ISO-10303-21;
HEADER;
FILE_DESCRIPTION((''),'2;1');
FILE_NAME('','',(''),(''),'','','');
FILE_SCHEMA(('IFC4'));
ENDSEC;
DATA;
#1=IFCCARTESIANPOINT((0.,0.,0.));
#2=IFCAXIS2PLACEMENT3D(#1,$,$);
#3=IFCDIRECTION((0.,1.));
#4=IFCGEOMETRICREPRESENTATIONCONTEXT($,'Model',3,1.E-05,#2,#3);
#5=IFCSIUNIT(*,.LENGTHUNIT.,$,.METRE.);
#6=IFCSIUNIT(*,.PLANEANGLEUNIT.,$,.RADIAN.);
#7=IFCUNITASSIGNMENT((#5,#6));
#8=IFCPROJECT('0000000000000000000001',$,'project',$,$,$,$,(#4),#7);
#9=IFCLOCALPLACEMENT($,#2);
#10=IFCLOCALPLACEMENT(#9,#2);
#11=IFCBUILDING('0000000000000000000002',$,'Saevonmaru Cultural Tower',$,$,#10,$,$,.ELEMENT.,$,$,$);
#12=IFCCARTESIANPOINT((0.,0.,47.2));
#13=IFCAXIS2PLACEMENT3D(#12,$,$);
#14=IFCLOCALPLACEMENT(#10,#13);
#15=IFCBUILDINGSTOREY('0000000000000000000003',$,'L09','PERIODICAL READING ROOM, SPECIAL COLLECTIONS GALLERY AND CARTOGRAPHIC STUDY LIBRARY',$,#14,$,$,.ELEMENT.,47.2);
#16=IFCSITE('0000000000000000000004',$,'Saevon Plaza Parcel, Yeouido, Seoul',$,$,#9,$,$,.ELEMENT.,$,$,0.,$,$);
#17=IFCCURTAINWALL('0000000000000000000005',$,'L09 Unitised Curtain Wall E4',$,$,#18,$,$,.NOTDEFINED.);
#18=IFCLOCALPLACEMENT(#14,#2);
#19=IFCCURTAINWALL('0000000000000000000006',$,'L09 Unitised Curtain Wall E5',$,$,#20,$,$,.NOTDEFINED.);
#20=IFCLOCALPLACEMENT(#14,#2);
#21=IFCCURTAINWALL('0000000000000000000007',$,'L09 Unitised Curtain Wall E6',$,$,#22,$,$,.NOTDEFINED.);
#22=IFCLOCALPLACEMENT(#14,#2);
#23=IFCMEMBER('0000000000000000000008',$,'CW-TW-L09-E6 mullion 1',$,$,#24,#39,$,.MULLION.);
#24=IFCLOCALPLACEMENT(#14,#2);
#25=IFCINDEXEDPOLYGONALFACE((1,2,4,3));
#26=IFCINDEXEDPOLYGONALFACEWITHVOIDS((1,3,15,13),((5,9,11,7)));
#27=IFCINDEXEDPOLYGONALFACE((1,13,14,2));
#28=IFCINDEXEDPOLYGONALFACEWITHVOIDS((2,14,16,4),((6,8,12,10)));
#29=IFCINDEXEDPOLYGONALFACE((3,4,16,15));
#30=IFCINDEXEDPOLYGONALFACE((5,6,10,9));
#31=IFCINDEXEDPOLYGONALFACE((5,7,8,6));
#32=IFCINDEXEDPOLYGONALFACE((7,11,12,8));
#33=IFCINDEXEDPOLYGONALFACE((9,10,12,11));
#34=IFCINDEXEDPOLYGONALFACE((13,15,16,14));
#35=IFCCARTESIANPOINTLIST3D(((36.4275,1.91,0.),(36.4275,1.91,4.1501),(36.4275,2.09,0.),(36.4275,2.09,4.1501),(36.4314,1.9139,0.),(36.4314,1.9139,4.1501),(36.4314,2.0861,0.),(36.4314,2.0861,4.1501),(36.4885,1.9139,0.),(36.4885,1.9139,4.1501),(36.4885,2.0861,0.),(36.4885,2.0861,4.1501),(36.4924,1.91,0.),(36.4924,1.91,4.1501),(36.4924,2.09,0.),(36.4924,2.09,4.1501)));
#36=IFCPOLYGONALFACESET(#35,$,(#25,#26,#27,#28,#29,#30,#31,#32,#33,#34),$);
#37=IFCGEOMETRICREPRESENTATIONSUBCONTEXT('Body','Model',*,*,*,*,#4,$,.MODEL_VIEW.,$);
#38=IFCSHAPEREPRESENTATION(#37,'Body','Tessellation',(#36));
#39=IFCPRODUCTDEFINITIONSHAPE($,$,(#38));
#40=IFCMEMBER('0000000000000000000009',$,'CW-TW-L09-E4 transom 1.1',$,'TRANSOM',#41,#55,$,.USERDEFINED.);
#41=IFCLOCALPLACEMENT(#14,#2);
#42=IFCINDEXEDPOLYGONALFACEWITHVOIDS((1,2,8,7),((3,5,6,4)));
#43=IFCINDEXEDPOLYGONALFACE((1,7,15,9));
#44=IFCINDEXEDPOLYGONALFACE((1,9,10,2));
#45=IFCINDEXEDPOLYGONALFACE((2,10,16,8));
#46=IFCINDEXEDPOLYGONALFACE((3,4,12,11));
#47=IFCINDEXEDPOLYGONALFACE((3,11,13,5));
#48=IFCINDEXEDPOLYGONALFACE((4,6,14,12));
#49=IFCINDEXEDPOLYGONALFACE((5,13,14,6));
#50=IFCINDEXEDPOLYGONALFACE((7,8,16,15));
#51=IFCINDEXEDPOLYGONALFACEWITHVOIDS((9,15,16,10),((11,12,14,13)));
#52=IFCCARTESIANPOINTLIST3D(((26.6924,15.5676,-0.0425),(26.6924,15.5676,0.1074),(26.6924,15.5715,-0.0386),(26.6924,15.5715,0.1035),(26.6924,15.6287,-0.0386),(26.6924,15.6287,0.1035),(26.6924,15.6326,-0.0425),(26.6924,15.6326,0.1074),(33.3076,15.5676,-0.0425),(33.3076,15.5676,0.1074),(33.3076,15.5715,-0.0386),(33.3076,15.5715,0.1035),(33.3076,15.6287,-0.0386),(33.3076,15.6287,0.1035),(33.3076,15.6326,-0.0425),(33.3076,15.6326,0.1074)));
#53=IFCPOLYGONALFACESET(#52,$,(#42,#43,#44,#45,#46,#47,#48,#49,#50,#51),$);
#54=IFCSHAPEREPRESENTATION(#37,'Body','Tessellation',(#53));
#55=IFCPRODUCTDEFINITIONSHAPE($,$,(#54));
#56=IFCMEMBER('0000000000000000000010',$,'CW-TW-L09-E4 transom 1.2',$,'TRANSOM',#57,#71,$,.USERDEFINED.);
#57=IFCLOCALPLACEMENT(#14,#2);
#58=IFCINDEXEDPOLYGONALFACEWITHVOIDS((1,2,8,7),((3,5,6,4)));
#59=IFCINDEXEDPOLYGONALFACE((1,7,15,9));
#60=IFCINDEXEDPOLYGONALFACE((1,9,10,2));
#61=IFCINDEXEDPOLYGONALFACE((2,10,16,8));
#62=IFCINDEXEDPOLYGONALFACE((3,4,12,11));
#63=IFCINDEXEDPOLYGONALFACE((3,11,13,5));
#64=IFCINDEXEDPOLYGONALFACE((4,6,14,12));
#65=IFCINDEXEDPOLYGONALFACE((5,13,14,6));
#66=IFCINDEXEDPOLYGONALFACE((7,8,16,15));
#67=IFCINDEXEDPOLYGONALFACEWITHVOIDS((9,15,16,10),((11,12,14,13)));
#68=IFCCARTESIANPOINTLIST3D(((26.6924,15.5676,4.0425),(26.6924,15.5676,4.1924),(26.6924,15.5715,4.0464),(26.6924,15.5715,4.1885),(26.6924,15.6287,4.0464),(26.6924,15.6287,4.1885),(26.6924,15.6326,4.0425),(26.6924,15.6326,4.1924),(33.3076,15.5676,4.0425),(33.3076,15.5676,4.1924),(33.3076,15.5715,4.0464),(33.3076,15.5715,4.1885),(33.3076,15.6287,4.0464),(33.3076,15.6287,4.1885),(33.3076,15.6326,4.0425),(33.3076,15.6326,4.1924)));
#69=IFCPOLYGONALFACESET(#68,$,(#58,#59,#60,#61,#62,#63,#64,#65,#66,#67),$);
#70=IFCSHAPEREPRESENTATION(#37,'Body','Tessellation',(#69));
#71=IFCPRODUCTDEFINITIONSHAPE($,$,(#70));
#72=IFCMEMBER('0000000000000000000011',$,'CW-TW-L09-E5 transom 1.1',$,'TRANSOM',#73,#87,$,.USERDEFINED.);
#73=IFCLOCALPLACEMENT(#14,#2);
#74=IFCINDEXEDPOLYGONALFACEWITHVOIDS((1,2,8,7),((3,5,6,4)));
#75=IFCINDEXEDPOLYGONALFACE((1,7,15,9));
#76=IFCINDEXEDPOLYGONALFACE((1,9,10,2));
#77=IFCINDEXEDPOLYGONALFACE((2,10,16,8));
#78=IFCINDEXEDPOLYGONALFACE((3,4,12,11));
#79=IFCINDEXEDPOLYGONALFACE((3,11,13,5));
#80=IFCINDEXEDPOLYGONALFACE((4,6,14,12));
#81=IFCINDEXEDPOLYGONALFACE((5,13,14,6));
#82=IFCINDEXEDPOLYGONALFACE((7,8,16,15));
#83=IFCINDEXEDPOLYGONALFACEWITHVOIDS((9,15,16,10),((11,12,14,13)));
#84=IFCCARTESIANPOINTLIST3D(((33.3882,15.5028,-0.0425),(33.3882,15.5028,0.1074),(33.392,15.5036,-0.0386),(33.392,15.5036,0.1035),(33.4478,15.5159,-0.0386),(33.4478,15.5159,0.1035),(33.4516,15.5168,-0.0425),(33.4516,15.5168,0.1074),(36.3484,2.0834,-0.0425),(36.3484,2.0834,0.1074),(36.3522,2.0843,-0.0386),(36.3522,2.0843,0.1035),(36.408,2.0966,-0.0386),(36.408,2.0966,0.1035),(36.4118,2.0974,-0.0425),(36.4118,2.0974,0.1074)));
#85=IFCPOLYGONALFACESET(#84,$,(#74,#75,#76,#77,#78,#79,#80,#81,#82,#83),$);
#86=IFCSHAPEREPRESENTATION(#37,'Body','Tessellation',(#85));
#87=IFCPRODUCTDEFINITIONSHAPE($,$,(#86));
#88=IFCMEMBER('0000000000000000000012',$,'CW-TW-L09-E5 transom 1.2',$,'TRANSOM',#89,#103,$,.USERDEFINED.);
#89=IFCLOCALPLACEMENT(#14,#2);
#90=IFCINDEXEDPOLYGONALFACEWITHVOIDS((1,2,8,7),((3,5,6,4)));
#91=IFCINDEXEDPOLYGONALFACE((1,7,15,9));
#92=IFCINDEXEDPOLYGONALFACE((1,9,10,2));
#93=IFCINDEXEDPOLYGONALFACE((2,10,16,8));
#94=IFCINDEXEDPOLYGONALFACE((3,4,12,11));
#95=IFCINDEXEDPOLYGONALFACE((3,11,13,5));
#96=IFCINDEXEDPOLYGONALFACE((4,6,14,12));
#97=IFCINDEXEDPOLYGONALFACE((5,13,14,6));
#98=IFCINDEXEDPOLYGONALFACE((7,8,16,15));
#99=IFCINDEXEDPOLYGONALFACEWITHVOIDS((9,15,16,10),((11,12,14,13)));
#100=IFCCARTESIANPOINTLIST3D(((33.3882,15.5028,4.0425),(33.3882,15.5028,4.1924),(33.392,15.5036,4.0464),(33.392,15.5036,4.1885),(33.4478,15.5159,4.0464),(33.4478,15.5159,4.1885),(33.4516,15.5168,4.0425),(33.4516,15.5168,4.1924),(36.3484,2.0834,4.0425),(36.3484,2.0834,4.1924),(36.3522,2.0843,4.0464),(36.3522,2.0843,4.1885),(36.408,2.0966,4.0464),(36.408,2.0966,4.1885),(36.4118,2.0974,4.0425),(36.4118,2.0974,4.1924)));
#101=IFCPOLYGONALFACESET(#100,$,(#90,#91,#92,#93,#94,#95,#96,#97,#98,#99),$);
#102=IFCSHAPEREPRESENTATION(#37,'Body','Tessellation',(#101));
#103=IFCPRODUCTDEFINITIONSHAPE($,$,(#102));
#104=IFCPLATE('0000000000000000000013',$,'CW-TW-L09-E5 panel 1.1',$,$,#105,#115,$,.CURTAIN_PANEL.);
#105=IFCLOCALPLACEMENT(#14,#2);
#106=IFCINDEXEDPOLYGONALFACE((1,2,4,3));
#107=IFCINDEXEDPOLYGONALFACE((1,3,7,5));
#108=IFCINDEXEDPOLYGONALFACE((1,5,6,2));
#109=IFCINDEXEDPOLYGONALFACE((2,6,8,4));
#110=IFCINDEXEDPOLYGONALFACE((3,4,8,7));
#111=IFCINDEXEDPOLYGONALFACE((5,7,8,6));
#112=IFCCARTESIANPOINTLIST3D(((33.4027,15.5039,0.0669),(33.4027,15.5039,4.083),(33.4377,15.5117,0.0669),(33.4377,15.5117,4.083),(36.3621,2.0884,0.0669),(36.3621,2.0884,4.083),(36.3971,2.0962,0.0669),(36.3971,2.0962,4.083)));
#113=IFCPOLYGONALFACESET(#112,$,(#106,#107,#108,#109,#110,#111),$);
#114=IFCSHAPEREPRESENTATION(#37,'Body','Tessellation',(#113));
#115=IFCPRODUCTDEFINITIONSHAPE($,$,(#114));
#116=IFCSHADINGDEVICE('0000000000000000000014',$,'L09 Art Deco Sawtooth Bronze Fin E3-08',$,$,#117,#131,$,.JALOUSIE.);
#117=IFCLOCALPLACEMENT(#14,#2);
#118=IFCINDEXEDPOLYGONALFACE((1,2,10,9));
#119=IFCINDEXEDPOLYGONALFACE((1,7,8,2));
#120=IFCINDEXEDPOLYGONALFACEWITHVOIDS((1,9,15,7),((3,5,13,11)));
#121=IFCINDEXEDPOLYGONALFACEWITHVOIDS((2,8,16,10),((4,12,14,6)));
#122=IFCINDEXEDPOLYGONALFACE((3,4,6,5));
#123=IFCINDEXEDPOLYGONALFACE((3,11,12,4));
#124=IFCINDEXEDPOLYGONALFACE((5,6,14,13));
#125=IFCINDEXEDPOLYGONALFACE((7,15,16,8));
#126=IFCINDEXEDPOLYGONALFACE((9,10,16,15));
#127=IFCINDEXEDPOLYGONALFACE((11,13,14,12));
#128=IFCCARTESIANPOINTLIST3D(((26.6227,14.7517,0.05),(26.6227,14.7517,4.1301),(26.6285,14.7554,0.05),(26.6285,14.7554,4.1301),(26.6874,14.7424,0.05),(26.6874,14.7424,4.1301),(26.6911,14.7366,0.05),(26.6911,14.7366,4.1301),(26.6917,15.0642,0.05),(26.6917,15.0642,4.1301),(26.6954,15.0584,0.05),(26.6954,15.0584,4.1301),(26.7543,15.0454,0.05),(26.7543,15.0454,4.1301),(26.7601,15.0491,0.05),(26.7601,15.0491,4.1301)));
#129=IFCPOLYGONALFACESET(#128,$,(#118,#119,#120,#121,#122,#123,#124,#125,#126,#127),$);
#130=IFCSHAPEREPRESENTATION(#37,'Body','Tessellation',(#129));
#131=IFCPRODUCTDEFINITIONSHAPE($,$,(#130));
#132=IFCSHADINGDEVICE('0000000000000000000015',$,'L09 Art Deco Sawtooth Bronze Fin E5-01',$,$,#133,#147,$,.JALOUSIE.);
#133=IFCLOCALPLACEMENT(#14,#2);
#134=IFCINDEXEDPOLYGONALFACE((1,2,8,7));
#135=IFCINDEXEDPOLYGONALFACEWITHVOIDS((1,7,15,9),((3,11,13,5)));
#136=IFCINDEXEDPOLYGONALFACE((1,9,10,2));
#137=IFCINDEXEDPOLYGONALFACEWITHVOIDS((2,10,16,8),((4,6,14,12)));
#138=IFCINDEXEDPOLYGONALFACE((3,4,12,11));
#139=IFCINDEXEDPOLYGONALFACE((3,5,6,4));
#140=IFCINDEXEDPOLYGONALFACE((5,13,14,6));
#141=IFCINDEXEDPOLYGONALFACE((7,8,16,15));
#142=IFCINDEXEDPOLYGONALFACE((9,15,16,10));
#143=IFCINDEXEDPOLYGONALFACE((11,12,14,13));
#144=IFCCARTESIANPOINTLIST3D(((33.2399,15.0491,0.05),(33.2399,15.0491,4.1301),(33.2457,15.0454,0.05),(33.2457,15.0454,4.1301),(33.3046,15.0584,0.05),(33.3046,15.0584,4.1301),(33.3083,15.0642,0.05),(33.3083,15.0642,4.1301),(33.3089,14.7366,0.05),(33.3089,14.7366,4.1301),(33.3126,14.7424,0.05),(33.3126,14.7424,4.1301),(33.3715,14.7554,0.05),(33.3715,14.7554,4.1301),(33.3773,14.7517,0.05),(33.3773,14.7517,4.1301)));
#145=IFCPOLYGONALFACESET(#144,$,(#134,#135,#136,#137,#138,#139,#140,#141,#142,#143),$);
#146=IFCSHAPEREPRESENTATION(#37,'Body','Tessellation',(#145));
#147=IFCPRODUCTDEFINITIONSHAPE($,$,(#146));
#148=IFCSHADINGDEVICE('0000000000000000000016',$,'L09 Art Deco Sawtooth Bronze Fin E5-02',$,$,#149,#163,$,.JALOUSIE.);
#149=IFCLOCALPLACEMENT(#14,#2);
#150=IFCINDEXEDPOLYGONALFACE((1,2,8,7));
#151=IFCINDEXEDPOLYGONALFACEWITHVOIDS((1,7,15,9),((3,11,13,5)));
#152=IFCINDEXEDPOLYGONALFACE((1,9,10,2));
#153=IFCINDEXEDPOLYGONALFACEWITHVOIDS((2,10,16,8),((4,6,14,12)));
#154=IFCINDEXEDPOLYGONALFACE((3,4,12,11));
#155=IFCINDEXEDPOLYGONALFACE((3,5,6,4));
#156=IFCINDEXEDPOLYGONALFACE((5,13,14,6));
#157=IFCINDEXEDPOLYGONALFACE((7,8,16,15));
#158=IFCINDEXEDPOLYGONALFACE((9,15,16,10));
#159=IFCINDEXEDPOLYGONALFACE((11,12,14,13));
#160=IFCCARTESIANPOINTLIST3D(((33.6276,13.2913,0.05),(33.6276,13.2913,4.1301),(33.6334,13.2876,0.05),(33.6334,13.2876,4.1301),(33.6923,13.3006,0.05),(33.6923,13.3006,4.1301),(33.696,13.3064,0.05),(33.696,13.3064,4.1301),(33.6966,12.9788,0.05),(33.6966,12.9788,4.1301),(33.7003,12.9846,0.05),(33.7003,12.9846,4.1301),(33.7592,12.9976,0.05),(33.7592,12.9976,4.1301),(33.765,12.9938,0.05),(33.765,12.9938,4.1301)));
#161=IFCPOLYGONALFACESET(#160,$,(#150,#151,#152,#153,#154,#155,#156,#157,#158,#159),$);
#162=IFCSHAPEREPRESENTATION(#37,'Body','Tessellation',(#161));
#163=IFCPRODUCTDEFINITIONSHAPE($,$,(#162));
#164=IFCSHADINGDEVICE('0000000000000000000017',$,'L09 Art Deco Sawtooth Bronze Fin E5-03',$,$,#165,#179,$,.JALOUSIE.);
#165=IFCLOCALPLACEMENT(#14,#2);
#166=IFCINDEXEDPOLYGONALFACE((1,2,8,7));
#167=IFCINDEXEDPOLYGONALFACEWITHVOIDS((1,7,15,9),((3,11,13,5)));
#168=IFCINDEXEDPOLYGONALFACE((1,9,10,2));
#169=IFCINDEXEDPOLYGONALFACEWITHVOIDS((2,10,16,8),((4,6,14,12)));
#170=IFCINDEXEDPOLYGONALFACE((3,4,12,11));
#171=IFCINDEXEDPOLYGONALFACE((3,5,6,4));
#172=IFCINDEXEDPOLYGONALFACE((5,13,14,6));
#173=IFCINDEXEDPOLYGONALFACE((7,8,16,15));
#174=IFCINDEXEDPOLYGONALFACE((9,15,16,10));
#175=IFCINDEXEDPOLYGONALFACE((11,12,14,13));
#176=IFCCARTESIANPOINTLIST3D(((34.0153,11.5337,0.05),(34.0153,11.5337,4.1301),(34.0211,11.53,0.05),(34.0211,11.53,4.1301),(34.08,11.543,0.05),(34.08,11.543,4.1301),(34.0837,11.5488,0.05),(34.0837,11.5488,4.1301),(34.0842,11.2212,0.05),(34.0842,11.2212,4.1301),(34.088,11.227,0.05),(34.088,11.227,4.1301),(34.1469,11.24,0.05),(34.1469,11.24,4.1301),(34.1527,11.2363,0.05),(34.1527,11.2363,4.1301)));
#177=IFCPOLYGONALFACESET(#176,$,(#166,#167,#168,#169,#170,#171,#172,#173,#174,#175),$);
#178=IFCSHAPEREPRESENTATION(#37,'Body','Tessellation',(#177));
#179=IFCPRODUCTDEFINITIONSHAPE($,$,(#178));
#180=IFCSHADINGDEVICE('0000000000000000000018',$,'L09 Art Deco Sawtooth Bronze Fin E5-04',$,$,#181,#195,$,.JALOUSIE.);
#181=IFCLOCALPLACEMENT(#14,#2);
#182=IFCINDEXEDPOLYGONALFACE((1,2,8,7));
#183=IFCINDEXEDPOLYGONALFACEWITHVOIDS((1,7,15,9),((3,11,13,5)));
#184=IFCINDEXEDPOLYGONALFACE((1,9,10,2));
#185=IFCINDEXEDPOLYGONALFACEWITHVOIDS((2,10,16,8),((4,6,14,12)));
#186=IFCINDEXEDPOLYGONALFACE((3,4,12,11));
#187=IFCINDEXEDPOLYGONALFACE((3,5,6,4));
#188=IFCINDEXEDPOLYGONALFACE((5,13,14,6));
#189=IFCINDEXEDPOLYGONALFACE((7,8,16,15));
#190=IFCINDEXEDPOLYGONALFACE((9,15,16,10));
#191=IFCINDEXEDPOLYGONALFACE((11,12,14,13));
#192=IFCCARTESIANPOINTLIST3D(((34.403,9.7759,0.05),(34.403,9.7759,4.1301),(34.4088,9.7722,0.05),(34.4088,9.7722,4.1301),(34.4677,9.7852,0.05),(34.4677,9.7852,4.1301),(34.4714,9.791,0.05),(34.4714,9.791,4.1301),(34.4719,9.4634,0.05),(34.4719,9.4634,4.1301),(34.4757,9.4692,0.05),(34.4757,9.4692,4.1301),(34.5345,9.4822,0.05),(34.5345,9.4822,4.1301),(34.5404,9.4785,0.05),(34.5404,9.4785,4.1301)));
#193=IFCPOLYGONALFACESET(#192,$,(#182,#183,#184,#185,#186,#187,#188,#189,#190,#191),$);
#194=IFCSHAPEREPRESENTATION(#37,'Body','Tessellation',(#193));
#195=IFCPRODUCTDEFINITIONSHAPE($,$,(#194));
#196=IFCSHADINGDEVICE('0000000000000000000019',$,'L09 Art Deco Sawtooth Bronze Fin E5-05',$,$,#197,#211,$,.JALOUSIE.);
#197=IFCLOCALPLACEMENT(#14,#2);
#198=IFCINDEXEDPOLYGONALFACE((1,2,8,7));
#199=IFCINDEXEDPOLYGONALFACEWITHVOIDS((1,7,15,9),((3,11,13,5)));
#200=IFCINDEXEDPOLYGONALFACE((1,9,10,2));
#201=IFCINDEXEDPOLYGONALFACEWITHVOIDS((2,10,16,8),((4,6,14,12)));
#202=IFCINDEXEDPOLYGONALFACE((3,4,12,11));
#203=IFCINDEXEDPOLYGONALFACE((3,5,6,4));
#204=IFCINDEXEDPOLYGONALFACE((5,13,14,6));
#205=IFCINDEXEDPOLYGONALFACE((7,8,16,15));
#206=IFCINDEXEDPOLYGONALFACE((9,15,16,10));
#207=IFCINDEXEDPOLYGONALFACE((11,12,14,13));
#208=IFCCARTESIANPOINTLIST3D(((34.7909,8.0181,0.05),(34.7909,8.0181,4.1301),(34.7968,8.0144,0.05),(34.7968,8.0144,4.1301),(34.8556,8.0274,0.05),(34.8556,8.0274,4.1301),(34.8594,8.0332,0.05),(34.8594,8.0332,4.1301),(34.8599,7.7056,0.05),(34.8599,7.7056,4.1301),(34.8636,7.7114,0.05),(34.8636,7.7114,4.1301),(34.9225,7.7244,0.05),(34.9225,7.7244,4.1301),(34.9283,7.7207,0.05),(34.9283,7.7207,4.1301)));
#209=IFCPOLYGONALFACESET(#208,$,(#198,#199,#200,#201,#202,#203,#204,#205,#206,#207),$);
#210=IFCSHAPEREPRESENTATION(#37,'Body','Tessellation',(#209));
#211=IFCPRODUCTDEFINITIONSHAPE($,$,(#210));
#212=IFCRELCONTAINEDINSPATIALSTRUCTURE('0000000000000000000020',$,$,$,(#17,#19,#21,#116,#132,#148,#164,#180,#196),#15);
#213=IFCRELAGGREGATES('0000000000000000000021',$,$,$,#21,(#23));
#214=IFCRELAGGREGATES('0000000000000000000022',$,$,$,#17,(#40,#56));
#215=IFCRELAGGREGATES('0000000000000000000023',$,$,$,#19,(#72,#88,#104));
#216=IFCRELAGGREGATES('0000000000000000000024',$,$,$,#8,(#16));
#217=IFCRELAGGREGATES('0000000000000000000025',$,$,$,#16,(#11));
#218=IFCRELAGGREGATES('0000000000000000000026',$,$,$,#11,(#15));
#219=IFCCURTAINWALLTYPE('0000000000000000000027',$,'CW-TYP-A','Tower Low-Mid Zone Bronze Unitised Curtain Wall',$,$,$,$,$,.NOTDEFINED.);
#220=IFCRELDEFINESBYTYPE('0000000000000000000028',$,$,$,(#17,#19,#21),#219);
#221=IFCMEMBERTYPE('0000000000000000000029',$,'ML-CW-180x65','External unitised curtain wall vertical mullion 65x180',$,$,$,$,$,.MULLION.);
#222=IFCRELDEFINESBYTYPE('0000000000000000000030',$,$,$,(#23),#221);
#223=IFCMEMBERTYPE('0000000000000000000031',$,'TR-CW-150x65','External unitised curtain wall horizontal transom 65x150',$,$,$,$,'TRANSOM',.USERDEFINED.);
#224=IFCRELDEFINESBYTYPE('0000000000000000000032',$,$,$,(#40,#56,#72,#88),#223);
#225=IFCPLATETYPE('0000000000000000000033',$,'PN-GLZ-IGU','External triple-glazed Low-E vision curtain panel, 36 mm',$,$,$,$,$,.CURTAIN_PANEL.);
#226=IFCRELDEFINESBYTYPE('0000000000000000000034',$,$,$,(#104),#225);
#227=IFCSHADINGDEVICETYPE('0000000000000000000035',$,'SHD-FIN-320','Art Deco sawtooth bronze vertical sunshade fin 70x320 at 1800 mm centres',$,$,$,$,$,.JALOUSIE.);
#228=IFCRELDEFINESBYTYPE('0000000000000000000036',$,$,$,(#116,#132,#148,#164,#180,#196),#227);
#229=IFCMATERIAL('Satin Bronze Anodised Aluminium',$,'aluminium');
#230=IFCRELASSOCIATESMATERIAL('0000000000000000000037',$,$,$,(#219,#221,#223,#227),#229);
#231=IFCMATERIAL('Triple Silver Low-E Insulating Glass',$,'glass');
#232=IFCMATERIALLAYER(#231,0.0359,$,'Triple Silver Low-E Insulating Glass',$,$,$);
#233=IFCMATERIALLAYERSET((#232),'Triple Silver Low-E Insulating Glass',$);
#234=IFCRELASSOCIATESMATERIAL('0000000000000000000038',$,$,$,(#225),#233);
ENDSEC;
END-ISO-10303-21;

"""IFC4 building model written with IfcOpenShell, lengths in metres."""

from ifc_helpers import new_model, si_unit, direction, frame, origin, origin_2d, place, context, subcontext, project, spatial, rectangle, hollow_rectangle, extrude, material, layer, layer_set, material_profile, profile_set, type_object, element, aggregate, save


model = new_model("IFC4")

# Units and contexts
model_context = context("Model", 3, precision=1e-05, world=origin(), true_north=direction((0.0, 1.0)))
body_context = subcontext(model_context, "Body", "Model", "MODEL_VIEW")
ifc_project = project(units=[si_unit("LENGTHUNIT", "METRE"), si_unit("PLANEANGLEUNIT", "RADIAN")], contexts=[model_context])

# Site, building, storey
site_placement = place(None, origin())
site = spatial("IfcSite", under=ifc_project, at=site_placement, Name="Saevon Plaza Parcel, Yeouido, Seoul", CompositionType="ELEMENT", RefElevation=0.0)
building_placement = place(site_placement, origin())
building = spatial("IfcBuilding", under=site, at=building_placement, Name="Saevonmaru Cultural Tower", CompositionType="ELEMENT")
storey_placement = place(building_placement, frame((0.0, 0.0, 47.2)))
storey = spatial("IfcBuildingStorey", under=building, at=storey_placement, Name="L09", Description="PERIODICAL READING ROOM, SPECIAL COLLECTIONS GALLERY AND CARTOGRAPHIC STUDY LIBRARY", CompositionType="ELEMENT", Elevation=47.2)

# Curtain wall
ifc_material_1 = material(Name="Satin Bronze Anodised Aluminium", Category="aluminium")
curtain_wall_type = type_object("IfcCurtainWallType", Name="CW-TYP-A", Description="Tower Low-Mid Zone Bronze Unitised Curtain Wall", PredefinedType="NOTDEFINED", material=ifc_material_1)
ifc_material_profile_1 = material_profile(ifc_material_1, hollow_rectangle(XDim=0.0649, YDim=0.1799, WallThickness=0.0039, at=origin_2d()), Name="ALU-MULL-180x65x4")
ifc_profile_set_1 = profile_set([ifc_material_profile_1], Name="Satin Bronze Anodised Aluminium")
member_type_1 = type_object("IfcMemberType", Name="ML-CW-180x65", Description="External unitised curtain wall vertical mullion 65x180", PredefinedType="MULLION", material=ifc_profile_set_1)
curtain_wall_1_placement = place(storey_placement, origin())
curtain_wall_1 = element("IfcCurtainWall", 1, at=curtain_wall_1_placement, inside=storey, type_object=curtain_wall_type, Name="L09 Unitised Curtain Wall E4", PredefinedType="NOTDEFINED")

# Curtain wall
curtain_wall_2_placement = place(storey_placement, origin())
curtain_wall_2 = element("IfcCurtainWall", 2, at=curtain_wall_2_placement, inside=storey, type_object=curtain_wall_type, Name="L09 Unitised Curtain Wall E5", PredefinedType="NOTDEFINED")

# Curtain wall, member
curtain_wall_3_placement = place(storey_placement, origin())
curtain_wall_3 = element("IfcCurtainWall", 3, at=curtain_wall_3_placement, inside=storey, type_object=curtain_wall_type, Name="L09 Unitised Curtain Wall E6", PredefinedType="NOTDEFINED")
member_1_placement = place(storey_placement, frame((36.46, 2.0, 0.0), z_axis=(0.0, 0.0, 1.0), x_axis=(1.0, 0.0, 0.0)))
member_1 = element("IfcMember", 4, at=member_1_placement, type_object=member_type_1, Name="CW-TW-L09-E6 mullion 1", PredefinedType="MULLION", context=body_context, shape_type="SweptSolid", body=[
    extrude(hollow_rectangle(XDim=0.0649, YDim=0.1799, WallThickness=0.0039, at=origin_2d()), origin(), (0.0, 0.0, 1.0), 4.1501),
])
aggregate(curtain_wall_3, [member_1])

# Members
ifc_material_profile_2 = material_profile(ifc_material_1, hollow_rectangle(XDim=0.0649, YDim=0.1499, WallThickness=0.0039, at=origin_2d()), Name="ALU-TRAN-150x65x4")
ifc_profile_set_2 = profile_set([ifc_material_profile_2], Name="Satin Bronze Anodised Aluminium")
member_type_2 = type_object("IfcMemberType", Name="TR-CW-150x65", Description="External unitised curtain wall horizontal transom 65x150", ElementType="TRANSOM", PredefinedType="USERDEFINED", material=ifc_profile_set_2)
member_2_placement = place(storey_placement, frame((26.6924, 15.6001, 0.0325), z_axis=(1.0, 0.0, 0.0), x_axis=(0.0, 1.0, 0.0)))
member_2 = element("IfcMember", 5, at=member_2_placement, type_object=member_type_2, Name="CW-TW-L09-E4 transom 1.1", ObjectType="TRANSOM", PredefinedType="USERDEFINED", context=body_context, shape_type="SweptSolid", body=[
    extrude(hollow_rectangle(XDim=0.0649, YDim=0.1499, WallThickness=0.0039, at=origin_2d()), origin(), (0.0, 0.0, 1.0), 6.6152),
])
member_3_placement = place(storey_placement, frame((26.6924, 15.6001, 4.1174), z_axis=(1.0, 0.0, 0.0), x_axis=(0.0, 1.0, 0.0)))
member_3 = element("IfcMember", 6, at=member_3_placement, type_object=member_type_2, Name="CW-TW-L09-E4 transom 1.2", ObjectType="TRANSOM", PredefinedType="USERDEFINED", context=body_context, shape_type="SweptSolid", body=[
    extrude(hollow_rectangle(XDim=0.0649, YDim=0.1499, WallThickness=0.0039, at=origin_2d()), origin(), (0.0, 0.0, 1.0), 6.6152),
])
aggregate(curtain_wall_1, [member_2, member_3])
member_4_placement = place(storey_placement, frame((33.4199, 15.5098, 0.0325), z_axis=(0.215412, -0.976523, 0.0), x_axis=(0.976523, 0.215412, 0.0)))
member_4 = element("IfcMember", 7, at=member_4_placement, type_object=member_type_2, Name="CW-TW-L09-E5 transom 1.1", ObjectType="TRANSOM", PredefinedType="USERDEFINED", context=body_context, shape_type="SweptSolid", body=[
    extrude(hollow_rectangle(XDim=0.0649, YDim=0.1499, WallThickness=0.0039, at=origin_2d()), origin(), (0.0, 0.0, 1.0), 13.7419),
])
member_5_placement = place(storey_placement, frame((33.4199, 15.5098, 4.1174), z_axis=(0.215412, -0.976523, 0.0), x_axis=(0.976523, 0.215412, 0.0)))
member_5 = element("IfcMember", 8, at=member_5_placement, type_object=member_type_2, Name="CW-TW-L09-E5 transom 1.2", ObjectType="TRANSOM", PredefinedType="USERDEFINED", context=body_context, shape_type="SweptSolid", body=[
    extrude(hollow_rectangle(XDim=0.0649, YDim=0.1499, WallThickness=0.0039, at=origin_2d()), origin(), (0.0, 0.0, 1.0), 13.7419),
])

# Plate
ifc_material_2 = material(Name="Triple Silver Low-E Insulating Glass", Category="glass")
ifc_layer_1 = layer(ifc_material_2, 0.0359, Name="Triple Silver Low-E Insulating Glass")
ifc_layer_set_1 = layer_set([ifc_layer_1], Name="Triple Silver Low-E Insulating Glass")
plate_type = type_object("IfcPlateType", Name="PN-GLZ-IGU", Description="External triple-glazed Low-E vision curtain panel, 36 mm", PredefinedType="CURTAIN_PANEL", material=ifc_layer_set_1)
plate_placement = place(storey_placement, frame((34.8999, 8.8, 0.0669), z_axis=(0.0, 0.0, 1.0), x_axis=(0.215413, -0.976523, 0.0)))
plate = element("IfcPlate", 9, at=plate_placement, type_object=plate_type, Name="CW-TW-L09-E5 panel 1.1", PredefinedType="CURTAIN_PANEL", context=body_context, shape_type="SweptSolid", body=[
    extrude(rectangle(XDim=13.738, YDim=0.0359, at=origin_2d()), origin(), (0.0, 0.0, 1.0), 4.0161),
])
aggregate(curtain_wall_2, [member_4, member_5, plate])

# Shading devices
ifc_material_profile_3 = material_profile(ifc_material_1, hollow_rectangle(XDim=0.0701, YDim=0.3201, WallThickness=0.0049, at=origin_2d()), Name="FIN-320x70")
ifc_profile_set_3 = profile_set([ifc_material_profile_3], Name="Satin Bronze Anodised Aluminium")
shading_device_type = type_object("IfcShadingDeviceType", Name="SHD-FIN-320", Description="Art Deco sawtooth bronze vertical sunshade fin 70x320 at 1800 mm centres", PredefinedType="JALOUSIE", material=ifc_profile_set_3)
for number, where, z_axis, x_axis, name in (
    (10, (26.6914, 14.9004, 0.05), (0.0, 0.0, 1.0), (0.976522, -0.215417, 0.0), "L09 Art Deco Sawtooth Bronze Fin E3-08"),
    (11, (33.3086, 14.9004, 0.05), (0.0, 0.0, 1.0), (-0.976522, -0.215417, 0.0), "L09 Art Deco Sawtooth Bronze Fin E5-01"),
    (12, (33.6963, 13.1426, 0.05), (0.0, 0.0, 1.0), (-0.976522, -0.215417, 0.0), "L09 Art Deco Sawtooth Bronze Fin E5-02"),
    (13, (34.084, 11.385, 0.05), (0.0, 0.0, 1.0), (-0.976522, -0.215417, 0.0), "L09 Art Deco Sawtooth Bronze Fin E5-03"),
    (14, (34.4717, 9.6272, 0.05), (0.0, 0.0, 1.0), (-0.976522, -0.215417, 0.0), "L09 Art Deco Sawtooth Bronze Fin E5-04"),
    (15, (34.8596, 7.8694, 0.05), (0.0, 0.0, 1.0), (-0.976522, -0.215417, 0.0), "L09 Art Deco Sawtooth Bronze Fin E5-05"),
):
    element("IfcShadingDevice", number, at=place(storey_placement, frame(where, z_axis=z_axis, x_axis=x_axis)), inside=storey, type_object=shading_device_type, Name=name, PredefinedType="JALOUSIE", context=body_context, shape_type="SweptSolid", body=[
        extrude(hollow_rectangle(XDim=0.0701, YDim=0.3201, WallThickness=0.0049, at=origin_2d()), origin(), (0.0, 0.0, 1.0), 4.0801),
    ])

save(model, "model.ifc")
